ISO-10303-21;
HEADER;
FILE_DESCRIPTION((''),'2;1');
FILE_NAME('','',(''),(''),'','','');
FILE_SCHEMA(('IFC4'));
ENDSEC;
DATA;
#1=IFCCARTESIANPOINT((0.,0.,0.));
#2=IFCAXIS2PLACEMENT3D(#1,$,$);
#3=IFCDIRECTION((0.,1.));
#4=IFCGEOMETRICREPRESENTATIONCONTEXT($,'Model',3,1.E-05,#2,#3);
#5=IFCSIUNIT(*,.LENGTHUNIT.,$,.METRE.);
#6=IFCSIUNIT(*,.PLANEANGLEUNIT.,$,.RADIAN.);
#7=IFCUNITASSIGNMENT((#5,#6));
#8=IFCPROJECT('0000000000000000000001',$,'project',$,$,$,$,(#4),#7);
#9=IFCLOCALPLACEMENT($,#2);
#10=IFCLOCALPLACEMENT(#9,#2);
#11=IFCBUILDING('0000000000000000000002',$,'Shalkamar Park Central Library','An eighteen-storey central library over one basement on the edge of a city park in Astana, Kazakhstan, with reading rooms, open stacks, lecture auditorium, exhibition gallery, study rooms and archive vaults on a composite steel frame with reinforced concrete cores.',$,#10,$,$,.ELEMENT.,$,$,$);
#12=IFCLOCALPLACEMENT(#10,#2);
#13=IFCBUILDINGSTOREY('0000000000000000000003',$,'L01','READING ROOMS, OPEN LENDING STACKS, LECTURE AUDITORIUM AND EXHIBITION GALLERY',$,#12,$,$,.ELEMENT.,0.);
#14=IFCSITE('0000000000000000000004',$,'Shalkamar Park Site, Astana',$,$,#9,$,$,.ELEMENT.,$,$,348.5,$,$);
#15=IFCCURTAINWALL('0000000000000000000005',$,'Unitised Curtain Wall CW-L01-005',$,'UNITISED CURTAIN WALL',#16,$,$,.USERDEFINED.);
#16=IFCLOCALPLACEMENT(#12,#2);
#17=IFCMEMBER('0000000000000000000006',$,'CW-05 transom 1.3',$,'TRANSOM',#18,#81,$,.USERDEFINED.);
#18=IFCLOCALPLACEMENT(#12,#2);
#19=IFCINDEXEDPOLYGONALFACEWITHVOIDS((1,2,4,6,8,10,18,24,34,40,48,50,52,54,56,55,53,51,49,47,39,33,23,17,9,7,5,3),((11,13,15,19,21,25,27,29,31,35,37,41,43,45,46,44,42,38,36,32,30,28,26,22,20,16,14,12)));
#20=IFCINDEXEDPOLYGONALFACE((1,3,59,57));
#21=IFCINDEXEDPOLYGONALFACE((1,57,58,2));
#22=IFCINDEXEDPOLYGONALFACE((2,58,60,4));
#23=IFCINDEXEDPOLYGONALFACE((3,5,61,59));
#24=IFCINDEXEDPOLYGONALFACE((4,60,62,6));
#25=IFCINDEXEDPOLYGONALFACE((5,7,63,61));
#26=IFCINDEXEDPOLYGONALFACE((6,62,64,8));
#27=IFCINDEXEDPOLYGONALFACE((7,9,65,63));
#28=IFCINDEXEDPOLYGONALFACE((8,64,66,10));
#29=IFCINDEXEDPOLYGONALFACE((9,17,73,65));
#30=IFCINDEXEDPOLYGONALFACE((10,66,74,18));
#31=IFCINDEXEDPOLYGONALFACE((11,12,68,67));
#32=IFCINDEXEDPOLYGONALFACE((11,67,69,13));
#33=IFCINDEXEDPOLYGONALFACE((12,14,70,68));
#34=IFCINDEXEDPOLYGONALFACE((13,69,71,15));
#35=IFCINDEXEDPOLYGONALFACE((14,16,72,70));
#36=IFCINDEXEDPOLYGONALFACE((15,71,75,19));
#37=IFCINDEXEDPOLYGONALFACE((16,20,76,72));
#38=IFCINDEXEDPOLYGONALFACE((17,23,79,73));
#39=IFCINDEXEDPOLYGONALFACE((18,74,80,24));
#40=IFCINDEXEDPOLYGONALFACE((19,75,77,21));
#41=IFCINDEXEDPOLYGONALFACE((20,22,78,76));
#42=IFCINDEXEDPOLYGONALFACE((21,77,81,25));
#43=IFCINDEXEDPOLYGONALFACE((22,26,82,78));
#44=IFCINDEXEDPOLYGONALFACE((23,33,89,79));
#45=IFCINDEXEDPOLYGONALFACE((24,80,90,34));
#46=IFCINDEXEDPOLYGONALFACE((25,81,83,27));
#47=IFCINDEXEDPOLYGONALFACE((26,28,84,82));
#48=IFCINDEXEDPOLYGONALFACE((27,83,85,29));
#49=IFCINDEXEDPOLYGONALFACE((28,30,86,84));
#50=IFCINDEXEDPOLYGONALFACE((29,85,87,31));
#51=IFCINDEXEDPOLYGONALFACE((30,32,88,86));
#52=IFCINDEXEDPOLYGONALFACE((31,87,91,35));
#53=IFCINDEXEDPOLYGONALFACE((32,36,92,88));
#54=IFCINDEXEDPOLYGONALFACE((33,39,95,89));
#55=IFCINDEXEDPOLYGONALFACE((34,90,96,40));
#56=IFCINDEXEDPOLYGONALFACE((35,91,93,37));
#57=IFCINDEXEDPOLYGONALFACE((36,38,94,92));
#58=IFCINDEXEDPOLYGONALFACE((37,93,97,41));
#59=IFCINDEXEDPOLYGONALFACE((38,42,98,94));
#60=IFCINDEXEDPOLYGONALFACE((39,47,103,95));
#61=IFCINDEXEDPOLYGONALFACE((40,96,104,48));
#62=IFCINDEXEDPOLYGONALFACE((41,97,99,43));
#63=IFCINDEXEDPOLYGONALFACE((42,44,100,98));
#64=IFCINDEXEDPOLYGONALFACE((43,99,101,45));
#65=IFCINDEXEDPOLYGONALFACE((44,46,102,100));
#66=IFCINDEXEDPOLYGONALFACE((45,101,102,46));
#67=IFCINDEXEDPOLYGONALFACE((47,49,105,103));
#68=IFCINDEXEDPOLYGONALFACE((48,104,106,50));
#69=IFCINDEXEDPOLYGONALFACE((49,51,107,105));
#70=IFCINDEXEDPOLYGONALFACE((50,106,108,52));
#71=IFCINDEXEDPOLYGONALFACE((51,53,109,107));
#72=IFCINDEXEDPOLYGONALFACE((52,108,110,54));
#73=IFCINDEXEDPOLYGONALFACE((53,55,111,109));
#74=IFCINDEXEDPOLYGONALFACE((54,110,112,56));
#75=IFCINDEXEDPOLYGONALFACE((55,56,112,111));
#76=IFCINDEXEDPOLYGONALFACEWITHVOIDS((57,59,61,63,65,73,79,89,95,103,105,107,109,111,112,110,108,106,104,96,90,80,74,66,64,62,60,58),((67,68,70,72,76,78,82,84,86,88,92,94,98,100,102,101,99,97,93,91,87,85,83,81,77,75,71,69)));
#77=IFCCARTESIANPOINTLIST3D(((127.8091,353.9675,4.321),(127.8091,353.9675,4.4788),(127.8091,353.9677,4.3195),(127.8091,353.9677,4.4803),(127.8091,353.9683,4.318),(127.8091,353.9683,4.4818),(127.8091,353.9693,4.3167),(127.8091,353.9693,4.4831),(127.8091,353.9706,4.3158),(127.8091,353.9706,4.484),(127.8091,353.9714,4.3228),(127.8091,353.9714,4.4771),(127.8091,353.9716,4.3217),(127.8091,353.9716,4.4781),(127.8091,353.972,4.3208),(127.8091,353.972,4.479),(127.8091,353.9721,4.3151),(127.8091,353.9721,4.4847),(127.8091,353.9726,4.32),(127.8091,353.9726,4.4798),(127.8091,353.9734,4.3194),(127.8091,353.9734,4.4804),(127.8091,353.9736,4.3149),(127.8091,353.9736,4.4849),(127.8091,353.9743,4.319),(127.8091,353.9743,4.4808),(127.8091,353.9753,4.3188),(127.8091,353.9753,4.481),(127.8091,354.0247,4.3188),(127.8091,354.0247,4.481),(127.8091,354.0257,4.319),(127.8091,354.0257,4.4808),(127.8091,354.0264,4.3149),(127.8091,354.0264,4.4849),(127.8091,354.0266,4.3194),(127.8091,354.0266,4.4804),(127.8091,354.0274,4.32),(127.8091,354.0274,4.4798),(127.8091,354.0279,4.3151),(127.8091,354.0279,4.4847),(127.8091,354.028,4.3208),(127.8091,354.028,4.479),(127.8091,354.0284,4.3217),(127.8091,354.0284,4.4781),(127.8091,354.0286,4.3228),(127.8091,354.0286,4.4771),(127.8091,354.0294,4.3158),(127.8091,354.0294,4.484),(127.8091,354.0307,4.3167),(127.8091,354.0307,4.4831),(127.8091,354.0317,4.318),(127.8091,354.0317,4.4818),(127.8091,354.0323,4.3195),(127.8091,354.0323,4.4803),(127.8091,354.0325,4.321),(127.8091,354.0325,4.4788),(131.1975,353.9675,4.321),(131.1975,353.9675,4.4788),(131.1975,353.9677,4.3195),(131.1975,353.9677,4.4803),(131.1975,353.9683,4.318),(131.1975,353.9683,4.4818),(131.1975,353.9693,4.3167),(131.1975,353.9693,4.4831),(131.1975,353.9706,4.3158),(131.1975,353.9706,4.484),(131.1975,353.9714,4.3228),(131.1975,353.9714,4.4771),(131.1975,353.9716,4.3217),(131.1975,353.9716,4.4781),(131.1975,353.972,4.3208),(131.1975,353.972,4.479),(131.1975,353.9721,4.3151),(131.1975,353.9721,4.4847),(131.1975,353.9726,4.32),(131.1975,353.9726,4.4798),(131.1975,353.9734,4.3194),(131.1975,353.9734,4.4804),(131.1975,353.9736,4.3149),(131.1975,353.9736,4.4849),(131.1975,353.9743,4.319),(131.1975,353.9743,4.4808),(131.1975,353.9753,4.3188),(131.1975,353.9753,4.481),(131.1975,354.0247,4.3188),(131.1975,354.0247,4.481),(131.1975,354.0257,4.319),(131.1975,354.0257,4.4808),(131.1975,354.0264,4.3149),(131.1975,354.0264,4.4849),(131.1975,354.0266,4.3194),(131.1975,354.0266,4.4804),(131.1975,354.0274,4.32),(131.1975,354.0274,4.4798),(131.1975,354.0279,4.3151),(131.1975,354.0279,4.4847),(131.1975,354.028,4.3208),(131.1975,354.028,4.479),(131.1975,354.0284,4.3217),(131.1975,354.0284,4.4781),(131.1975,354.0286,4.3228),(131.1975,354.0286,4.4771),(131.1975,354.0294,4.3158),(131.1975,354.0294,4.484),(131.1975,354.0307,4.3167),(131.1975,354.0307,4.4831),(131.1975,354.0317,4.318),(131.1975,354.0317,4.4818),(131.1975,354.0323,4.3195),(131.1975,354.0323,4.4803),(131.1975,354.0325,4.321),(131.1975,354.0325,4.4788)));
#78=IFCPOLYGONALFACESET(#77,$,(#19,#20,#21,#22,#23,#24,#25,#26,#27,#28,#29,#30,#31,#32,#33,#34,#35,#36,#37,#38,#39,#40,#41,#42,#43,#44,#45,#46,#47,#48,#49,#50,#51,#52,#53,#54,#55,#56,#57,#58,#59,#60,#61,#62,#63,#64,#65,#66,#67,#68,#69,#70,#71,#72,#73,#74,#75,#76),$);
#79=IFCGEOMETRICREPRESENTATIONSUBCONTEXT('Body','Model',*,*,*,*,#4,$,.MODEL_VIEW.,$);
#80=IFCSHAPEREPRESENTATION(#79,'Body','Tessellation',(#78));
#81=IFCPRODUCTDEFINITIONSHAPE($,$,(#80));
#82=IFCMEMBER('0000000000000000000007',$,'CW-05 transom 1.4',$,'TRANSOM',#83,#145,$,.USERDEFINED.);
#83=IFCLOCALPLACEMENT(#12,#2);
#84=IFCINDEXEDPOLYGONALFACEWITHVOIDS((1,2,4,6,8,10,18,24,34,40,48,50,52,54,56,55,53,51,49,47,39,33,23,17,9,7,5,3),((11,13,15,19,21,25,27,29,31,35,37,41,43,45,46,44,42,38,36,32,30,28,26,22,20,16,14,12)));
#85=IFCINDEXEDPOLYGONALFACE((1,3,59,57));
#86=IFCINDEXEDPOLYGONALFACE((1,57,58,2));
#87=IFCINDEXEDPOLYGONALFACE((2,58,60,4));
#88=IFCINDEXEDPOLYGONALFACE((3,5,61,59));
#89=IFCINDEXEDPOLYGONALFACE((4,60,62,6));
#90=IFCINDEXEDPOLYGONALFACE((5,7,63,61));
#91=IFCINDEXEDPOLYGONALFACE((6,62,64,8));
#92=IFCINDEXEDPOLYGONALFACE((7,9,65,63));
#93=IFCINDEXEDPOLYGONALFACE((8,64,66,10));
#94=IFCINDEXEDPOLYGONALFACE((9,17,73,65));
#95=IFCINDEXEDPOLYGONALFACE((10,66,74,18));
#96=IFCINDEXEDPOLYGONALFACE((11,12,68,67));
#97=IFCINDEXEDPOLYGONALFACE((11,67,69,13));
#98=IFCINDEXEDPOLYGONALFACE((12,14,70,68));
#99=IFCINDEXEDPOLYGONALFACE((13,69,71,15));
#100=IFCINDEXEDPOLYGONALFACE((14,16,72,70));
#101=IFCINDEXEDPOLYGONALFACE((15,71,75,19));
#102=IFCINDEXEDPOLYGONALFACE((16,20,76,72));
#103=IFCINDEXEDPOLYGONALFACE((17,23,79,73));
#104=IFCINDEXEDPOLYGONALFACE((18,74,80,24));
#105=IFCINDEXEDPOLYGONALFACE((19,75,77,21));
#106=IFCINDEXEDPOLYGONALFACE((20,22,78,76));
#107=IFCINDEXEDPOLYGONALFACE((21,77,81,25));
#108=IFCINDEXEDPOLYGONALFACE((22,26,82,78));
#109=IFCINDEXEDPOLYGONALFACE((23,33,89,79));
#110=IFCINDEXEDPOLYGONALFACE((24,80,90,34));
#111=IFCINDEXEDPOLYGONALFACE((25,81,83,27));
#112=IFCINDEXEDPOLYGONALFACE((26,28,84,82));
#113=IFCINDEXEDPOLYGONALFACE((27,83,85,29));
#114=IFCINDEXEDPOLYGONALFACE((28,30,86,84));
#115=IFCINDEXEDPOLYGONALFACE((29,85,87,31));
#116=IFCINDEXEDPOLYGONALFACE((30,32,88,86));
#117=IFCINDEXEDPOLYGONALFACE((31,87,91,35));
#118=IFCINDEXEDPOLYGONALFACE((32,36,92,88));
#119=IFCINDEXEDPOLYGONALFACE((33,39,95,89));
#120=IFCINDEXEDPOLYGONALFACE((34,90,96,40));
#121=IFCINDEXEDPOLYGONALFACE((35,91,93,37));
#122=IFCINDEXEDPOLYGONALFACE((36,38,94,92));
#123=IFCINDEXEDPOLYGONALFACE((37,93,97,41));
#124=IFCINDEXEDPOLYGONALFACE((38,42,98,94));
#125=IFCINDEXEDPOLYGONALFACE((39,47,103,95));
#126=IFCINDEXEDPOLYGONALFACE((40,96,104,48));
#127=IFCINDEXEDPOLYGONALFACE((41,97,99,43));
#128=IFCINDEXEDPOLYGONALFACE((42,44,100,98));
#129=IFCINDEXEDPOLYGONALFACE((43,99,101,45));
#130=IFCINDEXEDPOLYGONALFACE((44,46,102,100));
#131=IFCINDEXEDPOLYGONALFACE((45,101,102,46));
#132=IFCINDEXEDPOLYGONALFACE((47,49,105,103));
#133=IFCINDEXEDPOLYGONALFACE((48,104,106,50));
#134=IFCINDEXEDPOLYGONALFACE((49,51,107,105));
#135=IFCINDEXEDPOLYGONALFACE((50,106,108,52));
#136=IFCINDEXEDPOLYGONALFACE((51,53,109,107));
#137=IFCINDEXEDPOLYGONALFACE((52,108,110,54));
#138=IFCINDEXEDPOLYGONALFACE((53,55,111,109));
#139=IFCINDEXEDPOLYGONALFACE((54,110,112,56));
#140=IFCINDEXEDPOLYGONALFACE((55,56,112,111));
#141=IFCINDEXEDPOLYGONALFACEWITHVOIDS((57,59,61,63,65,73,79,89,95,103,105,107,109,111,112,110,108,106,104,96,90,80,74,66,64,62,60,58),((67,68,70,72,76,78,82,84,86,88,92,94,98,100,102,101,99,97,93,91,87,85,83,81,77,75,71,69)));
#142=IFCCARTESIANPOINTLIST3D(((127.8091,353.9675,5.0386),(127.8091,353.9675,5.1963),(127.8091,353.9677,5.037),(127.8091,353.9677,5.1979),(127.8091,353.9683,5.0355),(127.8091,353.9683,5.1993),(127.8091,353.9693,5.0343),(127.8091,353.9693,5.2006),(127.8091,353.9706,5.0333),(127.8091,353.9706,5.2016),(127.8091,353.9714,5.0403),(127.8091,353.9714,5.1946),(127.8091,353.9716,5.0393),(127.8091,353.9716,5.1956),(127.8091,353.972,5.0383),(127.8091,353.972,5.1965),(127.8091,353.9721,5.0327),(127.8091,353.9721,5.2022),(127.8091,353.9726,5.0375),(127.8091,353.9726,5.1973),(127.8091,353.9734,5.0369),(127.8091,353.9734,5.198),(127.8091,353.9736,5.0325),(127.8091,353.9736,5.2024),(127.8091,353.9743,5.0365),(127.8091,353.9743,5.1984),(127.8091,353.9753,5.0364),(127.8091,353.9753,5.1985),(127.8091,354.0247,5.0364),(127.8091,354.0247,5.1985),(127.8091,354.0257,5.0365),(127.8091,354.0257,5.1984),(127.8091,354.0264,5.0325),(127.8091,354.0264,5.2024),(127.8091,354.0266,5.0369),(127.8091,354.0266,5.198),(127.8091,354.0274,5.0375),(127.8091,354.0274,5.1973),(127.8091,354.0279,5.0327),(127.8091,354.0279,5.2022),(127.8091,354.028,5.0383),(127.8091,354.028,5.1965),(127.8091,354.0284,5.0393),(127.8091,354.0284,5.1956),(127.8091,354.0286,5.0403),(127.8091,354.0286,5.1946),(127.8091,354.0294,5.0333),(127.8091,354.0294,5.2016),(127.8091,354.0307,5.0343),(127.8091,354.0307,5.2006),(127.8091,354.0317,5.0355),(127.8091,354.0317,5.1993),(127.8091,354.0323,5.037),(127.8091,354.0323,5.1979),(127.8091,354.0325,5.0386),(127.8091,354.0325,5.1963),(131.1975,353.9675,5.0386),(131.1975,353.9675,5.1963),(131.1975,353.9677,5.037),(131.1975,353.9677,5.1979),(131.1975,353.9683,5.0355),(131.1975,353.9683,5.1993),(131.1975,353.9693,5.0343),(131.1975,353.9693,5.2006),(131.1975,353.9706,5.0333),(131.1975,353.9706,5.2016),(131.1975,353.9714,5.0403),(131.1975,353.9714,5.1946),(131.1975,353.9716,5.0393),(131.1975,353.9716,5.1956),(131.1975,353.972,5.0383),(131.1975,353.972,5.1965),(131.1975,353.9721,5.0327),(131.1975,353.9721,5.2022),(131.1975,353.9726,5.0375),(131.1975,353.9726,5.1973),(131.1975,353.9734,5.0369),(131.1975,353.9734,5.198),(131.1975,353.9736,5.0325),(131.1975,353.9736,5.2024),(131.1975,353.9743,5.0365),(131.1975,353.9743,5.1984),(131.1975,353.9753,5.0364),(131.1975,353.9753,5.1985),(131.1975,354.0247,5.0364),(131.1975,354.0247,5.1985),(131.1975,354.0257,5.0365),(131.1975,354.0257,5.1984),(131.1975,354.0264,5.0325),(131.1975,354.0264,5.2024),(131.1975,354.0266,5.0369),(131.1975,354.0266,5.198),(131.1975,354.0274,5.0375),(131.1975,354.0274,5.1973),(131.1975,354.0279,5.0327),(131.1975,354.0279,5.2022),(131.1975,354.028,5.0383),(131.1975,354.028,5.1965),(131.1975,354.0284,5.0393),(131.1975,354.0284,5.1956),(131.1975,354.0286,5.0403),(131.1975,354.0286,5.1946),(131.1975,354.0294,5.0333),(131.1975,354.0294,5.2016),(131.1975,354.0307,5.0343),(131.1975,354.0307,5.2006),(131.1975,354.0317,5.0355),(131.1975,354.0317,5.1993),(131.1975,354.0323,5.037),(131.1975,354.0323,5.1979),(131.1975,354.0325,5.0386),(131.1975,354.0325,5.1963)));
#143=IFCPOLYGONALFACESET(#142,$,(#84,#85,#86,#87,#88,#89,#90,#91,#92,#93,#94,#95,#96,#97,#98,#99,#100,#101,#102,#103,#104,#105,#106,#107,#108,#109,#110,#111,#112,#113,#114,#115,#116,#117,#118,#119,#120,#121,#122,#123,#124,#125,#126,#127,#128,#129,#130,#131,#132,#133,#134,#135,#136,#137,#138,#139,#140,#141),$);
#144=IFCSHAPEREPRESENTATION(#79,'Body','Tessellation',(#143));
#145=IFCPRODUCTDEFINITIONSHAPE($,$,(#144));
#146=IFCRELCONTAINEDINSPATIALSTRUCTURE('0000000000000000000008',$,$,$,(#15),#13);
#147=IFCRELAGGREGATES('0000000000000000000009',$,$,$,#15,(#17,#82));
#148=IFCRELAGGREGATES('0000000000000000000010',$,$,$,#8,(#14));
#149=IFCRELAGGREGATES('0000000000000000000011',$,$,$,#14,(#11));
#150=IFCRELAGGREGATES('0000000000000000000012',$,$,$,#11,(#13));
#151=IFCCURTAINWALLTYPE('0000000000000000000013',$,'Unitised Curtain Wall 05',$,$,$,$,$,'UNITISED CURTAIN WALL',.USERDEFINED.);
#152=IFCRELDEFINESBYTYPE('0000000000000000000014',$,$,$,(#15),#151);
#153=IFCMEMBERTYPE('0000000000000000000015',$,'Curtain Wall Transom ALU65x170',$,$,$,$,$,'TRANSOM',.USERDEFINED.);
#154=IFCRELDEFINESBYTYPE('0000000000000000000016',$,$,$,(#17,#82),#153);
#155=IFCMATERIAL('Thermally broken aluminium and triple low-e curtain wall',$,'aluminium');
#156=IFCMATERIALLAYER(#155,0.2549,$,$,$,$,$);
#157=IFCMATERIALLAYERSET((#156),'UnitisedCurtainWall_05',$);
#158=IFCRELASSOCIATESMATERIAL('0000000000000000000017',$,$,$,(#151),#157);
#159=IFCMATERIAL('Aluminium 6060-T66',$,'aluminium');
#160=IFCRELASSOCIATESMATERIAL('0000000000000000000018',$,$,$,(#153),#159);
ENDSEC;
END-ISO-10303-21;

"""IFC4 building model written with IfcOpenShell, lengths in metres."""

from ifc_helpers import new_model, si_unit, direction, frame, origin, origin_2d, place, context, subcontext, project, spatial, hollow_rectangle, extrude, material, layer, layer_set, material_profile, profile_set, type_object, element, aggregate, save


model = new_model("IFC4")

# Units and contexts
model_context = context("Model", 3, precision=1e-05, world=origin(), true_north=direction((0.0, 1.0)))
body_context = subcontext(model_context, "Body", "Model", "MODEL_VIEW")
ifc_project = project(units=[si_unit("LENGTHUNIT", "METRE"), si_unit("PLANEANGLEUNIT", "RADIAN")], contexts=[model_context])

# Site, building, storey
site_placement = place(None, origin())
site = spatial("IfcSite", under=ifc_project, at=site_placement, Name="Shalkamar Park Site, Astana", CompositionType="ELEMENT", RefElevation=348.5)
building_placement = place(site_placement, origin())
building = spatial("IfcBuilding", under=site, at=building_placement, Name="Shalkamar Park Central Library", Description="An eighteen-storey central library over one basement on the edge of a city park in Astana, Kazakhstan, with reading rooms, open stacks, lecture auditorium, exhibition gallery, study rooms and archive vaults on a composite steel frame with reinforced concrete cores.", CompositionType="ELEMENT")
storey_placement = place(building_placement, origin())
storey = spatial("IfcBuildingStorey", under=building, at=storey_placement, Name="L01", Description="READING ROOMS, OPEN LENDING STACKS, LECTURE AUDITORIUM AND EXHIBITION GALLERY", CompositionType="ELEMENT", Elevation=0.0)

# Curtain wall
ifc_material_1 = material(Name="Thermally broken aluminium and triple low-e curtain wall", Category="aluminium")
ifc_material_2 = material(Name="Aluminium 6060-T66", Category="aluminium")
ifc_layer_1 = layer(ifc_material_1, 0.2549)
ifc_layer_set_1 = layer_set([ifc_layer_1], Name="UnitisedCurtainWall_05")
curtain_wall_type_1 = type_object("IfcCurtainWallType", Name="Unitised Curtain Wall 05", ElementType="UNITISED CURTAIN WALL", PredefinedType="USERDEFINED", material=ifc_layer_set_1)
curtain_wall_1_placement = place(storey_placement, origin())
curtain_wall_1 = element("IfcCurtainWall", 1, at=curtain_wall_1_placement, inside=storey, type_object=curtain_wall_type_1, Name="Unitised Curtain Wall CW-L01-005", ObjectType="UNITISED CURTAIN WALL", PredefinedType="USERDEFINED")

# Members
ifc_material_profile_1 = material_profile(ifc_material_2, hollow_rectangle(XDim=0.0649, YDim=0.1699, WallThickness=0.0039, InnerFilletRadius=0.0039, OuterFilletRadius=0.0061, at=origin_2d()), Name="ALU 65x170x4")
ifc_profile_set_1 = profile_set([ifc_material_profile_1], Name="Aluminium 6060-T66")
member_type_1 = type_object("IfcMemberType", Name="Curtain Wall Transom ALU65x170", ElementType="TRANSOM", PredefinedType="USERDEFINED", material=ifc_profile_set_1)
member_1_placement = place(storey_placement, frame((127.8091, 354.0, 4.3999), z_axis=(1.0, 0.0, 0.0), x_axis=(0.0, 1.0, 0.0)))
member_1 = element("IfcMember", 2, at=member_1_placement, type_object=member_type_1, Name="CW-05 transom 1.3", ObjectType="TRANSOM", PredefinedType="USERDEFINED", context=body_context, shape_type="SweptSolid", body=[
    extrude(hollow_rectangle(XDim=0.0649, YDim=0.1699, WallThickness=0.0039, InnerFilletRadius=0.0039, OuterFilletRadius=0.0061, at=origin_2d()), origin(), (0.0, 0.0, 1.0), 3.3884),
])
member_2_placement = place(storey_placement, frame((127.8091, 354.0, 5.1174), z_axis=(1.0, 0.0, 0.0), x_axis=(0.0, 1.0, 0.0)))
member_2 = element("IfcMember", 3, at=member_2_placement, type_object=member_type_1, Name="CW-05 transom 1.4", ObjectType="TRANSOM", PredefinedType="USERDEFINED", context=body_context, shape_type="SweptSolid", body=[
    extrude(hollow_rectangle(XDim=0.0649, YDim=0.1699, WallThickness=0.0039, InnerFilletRadius=0.0039, OuterFilletRadius=0.0061, at=origin_2d()), origin(), (0.0, 0.0, 1.0), 3.3884),
])

aggregate(curtain_wall_1, [member_1, member_2])

save(model, "model.ifc")
